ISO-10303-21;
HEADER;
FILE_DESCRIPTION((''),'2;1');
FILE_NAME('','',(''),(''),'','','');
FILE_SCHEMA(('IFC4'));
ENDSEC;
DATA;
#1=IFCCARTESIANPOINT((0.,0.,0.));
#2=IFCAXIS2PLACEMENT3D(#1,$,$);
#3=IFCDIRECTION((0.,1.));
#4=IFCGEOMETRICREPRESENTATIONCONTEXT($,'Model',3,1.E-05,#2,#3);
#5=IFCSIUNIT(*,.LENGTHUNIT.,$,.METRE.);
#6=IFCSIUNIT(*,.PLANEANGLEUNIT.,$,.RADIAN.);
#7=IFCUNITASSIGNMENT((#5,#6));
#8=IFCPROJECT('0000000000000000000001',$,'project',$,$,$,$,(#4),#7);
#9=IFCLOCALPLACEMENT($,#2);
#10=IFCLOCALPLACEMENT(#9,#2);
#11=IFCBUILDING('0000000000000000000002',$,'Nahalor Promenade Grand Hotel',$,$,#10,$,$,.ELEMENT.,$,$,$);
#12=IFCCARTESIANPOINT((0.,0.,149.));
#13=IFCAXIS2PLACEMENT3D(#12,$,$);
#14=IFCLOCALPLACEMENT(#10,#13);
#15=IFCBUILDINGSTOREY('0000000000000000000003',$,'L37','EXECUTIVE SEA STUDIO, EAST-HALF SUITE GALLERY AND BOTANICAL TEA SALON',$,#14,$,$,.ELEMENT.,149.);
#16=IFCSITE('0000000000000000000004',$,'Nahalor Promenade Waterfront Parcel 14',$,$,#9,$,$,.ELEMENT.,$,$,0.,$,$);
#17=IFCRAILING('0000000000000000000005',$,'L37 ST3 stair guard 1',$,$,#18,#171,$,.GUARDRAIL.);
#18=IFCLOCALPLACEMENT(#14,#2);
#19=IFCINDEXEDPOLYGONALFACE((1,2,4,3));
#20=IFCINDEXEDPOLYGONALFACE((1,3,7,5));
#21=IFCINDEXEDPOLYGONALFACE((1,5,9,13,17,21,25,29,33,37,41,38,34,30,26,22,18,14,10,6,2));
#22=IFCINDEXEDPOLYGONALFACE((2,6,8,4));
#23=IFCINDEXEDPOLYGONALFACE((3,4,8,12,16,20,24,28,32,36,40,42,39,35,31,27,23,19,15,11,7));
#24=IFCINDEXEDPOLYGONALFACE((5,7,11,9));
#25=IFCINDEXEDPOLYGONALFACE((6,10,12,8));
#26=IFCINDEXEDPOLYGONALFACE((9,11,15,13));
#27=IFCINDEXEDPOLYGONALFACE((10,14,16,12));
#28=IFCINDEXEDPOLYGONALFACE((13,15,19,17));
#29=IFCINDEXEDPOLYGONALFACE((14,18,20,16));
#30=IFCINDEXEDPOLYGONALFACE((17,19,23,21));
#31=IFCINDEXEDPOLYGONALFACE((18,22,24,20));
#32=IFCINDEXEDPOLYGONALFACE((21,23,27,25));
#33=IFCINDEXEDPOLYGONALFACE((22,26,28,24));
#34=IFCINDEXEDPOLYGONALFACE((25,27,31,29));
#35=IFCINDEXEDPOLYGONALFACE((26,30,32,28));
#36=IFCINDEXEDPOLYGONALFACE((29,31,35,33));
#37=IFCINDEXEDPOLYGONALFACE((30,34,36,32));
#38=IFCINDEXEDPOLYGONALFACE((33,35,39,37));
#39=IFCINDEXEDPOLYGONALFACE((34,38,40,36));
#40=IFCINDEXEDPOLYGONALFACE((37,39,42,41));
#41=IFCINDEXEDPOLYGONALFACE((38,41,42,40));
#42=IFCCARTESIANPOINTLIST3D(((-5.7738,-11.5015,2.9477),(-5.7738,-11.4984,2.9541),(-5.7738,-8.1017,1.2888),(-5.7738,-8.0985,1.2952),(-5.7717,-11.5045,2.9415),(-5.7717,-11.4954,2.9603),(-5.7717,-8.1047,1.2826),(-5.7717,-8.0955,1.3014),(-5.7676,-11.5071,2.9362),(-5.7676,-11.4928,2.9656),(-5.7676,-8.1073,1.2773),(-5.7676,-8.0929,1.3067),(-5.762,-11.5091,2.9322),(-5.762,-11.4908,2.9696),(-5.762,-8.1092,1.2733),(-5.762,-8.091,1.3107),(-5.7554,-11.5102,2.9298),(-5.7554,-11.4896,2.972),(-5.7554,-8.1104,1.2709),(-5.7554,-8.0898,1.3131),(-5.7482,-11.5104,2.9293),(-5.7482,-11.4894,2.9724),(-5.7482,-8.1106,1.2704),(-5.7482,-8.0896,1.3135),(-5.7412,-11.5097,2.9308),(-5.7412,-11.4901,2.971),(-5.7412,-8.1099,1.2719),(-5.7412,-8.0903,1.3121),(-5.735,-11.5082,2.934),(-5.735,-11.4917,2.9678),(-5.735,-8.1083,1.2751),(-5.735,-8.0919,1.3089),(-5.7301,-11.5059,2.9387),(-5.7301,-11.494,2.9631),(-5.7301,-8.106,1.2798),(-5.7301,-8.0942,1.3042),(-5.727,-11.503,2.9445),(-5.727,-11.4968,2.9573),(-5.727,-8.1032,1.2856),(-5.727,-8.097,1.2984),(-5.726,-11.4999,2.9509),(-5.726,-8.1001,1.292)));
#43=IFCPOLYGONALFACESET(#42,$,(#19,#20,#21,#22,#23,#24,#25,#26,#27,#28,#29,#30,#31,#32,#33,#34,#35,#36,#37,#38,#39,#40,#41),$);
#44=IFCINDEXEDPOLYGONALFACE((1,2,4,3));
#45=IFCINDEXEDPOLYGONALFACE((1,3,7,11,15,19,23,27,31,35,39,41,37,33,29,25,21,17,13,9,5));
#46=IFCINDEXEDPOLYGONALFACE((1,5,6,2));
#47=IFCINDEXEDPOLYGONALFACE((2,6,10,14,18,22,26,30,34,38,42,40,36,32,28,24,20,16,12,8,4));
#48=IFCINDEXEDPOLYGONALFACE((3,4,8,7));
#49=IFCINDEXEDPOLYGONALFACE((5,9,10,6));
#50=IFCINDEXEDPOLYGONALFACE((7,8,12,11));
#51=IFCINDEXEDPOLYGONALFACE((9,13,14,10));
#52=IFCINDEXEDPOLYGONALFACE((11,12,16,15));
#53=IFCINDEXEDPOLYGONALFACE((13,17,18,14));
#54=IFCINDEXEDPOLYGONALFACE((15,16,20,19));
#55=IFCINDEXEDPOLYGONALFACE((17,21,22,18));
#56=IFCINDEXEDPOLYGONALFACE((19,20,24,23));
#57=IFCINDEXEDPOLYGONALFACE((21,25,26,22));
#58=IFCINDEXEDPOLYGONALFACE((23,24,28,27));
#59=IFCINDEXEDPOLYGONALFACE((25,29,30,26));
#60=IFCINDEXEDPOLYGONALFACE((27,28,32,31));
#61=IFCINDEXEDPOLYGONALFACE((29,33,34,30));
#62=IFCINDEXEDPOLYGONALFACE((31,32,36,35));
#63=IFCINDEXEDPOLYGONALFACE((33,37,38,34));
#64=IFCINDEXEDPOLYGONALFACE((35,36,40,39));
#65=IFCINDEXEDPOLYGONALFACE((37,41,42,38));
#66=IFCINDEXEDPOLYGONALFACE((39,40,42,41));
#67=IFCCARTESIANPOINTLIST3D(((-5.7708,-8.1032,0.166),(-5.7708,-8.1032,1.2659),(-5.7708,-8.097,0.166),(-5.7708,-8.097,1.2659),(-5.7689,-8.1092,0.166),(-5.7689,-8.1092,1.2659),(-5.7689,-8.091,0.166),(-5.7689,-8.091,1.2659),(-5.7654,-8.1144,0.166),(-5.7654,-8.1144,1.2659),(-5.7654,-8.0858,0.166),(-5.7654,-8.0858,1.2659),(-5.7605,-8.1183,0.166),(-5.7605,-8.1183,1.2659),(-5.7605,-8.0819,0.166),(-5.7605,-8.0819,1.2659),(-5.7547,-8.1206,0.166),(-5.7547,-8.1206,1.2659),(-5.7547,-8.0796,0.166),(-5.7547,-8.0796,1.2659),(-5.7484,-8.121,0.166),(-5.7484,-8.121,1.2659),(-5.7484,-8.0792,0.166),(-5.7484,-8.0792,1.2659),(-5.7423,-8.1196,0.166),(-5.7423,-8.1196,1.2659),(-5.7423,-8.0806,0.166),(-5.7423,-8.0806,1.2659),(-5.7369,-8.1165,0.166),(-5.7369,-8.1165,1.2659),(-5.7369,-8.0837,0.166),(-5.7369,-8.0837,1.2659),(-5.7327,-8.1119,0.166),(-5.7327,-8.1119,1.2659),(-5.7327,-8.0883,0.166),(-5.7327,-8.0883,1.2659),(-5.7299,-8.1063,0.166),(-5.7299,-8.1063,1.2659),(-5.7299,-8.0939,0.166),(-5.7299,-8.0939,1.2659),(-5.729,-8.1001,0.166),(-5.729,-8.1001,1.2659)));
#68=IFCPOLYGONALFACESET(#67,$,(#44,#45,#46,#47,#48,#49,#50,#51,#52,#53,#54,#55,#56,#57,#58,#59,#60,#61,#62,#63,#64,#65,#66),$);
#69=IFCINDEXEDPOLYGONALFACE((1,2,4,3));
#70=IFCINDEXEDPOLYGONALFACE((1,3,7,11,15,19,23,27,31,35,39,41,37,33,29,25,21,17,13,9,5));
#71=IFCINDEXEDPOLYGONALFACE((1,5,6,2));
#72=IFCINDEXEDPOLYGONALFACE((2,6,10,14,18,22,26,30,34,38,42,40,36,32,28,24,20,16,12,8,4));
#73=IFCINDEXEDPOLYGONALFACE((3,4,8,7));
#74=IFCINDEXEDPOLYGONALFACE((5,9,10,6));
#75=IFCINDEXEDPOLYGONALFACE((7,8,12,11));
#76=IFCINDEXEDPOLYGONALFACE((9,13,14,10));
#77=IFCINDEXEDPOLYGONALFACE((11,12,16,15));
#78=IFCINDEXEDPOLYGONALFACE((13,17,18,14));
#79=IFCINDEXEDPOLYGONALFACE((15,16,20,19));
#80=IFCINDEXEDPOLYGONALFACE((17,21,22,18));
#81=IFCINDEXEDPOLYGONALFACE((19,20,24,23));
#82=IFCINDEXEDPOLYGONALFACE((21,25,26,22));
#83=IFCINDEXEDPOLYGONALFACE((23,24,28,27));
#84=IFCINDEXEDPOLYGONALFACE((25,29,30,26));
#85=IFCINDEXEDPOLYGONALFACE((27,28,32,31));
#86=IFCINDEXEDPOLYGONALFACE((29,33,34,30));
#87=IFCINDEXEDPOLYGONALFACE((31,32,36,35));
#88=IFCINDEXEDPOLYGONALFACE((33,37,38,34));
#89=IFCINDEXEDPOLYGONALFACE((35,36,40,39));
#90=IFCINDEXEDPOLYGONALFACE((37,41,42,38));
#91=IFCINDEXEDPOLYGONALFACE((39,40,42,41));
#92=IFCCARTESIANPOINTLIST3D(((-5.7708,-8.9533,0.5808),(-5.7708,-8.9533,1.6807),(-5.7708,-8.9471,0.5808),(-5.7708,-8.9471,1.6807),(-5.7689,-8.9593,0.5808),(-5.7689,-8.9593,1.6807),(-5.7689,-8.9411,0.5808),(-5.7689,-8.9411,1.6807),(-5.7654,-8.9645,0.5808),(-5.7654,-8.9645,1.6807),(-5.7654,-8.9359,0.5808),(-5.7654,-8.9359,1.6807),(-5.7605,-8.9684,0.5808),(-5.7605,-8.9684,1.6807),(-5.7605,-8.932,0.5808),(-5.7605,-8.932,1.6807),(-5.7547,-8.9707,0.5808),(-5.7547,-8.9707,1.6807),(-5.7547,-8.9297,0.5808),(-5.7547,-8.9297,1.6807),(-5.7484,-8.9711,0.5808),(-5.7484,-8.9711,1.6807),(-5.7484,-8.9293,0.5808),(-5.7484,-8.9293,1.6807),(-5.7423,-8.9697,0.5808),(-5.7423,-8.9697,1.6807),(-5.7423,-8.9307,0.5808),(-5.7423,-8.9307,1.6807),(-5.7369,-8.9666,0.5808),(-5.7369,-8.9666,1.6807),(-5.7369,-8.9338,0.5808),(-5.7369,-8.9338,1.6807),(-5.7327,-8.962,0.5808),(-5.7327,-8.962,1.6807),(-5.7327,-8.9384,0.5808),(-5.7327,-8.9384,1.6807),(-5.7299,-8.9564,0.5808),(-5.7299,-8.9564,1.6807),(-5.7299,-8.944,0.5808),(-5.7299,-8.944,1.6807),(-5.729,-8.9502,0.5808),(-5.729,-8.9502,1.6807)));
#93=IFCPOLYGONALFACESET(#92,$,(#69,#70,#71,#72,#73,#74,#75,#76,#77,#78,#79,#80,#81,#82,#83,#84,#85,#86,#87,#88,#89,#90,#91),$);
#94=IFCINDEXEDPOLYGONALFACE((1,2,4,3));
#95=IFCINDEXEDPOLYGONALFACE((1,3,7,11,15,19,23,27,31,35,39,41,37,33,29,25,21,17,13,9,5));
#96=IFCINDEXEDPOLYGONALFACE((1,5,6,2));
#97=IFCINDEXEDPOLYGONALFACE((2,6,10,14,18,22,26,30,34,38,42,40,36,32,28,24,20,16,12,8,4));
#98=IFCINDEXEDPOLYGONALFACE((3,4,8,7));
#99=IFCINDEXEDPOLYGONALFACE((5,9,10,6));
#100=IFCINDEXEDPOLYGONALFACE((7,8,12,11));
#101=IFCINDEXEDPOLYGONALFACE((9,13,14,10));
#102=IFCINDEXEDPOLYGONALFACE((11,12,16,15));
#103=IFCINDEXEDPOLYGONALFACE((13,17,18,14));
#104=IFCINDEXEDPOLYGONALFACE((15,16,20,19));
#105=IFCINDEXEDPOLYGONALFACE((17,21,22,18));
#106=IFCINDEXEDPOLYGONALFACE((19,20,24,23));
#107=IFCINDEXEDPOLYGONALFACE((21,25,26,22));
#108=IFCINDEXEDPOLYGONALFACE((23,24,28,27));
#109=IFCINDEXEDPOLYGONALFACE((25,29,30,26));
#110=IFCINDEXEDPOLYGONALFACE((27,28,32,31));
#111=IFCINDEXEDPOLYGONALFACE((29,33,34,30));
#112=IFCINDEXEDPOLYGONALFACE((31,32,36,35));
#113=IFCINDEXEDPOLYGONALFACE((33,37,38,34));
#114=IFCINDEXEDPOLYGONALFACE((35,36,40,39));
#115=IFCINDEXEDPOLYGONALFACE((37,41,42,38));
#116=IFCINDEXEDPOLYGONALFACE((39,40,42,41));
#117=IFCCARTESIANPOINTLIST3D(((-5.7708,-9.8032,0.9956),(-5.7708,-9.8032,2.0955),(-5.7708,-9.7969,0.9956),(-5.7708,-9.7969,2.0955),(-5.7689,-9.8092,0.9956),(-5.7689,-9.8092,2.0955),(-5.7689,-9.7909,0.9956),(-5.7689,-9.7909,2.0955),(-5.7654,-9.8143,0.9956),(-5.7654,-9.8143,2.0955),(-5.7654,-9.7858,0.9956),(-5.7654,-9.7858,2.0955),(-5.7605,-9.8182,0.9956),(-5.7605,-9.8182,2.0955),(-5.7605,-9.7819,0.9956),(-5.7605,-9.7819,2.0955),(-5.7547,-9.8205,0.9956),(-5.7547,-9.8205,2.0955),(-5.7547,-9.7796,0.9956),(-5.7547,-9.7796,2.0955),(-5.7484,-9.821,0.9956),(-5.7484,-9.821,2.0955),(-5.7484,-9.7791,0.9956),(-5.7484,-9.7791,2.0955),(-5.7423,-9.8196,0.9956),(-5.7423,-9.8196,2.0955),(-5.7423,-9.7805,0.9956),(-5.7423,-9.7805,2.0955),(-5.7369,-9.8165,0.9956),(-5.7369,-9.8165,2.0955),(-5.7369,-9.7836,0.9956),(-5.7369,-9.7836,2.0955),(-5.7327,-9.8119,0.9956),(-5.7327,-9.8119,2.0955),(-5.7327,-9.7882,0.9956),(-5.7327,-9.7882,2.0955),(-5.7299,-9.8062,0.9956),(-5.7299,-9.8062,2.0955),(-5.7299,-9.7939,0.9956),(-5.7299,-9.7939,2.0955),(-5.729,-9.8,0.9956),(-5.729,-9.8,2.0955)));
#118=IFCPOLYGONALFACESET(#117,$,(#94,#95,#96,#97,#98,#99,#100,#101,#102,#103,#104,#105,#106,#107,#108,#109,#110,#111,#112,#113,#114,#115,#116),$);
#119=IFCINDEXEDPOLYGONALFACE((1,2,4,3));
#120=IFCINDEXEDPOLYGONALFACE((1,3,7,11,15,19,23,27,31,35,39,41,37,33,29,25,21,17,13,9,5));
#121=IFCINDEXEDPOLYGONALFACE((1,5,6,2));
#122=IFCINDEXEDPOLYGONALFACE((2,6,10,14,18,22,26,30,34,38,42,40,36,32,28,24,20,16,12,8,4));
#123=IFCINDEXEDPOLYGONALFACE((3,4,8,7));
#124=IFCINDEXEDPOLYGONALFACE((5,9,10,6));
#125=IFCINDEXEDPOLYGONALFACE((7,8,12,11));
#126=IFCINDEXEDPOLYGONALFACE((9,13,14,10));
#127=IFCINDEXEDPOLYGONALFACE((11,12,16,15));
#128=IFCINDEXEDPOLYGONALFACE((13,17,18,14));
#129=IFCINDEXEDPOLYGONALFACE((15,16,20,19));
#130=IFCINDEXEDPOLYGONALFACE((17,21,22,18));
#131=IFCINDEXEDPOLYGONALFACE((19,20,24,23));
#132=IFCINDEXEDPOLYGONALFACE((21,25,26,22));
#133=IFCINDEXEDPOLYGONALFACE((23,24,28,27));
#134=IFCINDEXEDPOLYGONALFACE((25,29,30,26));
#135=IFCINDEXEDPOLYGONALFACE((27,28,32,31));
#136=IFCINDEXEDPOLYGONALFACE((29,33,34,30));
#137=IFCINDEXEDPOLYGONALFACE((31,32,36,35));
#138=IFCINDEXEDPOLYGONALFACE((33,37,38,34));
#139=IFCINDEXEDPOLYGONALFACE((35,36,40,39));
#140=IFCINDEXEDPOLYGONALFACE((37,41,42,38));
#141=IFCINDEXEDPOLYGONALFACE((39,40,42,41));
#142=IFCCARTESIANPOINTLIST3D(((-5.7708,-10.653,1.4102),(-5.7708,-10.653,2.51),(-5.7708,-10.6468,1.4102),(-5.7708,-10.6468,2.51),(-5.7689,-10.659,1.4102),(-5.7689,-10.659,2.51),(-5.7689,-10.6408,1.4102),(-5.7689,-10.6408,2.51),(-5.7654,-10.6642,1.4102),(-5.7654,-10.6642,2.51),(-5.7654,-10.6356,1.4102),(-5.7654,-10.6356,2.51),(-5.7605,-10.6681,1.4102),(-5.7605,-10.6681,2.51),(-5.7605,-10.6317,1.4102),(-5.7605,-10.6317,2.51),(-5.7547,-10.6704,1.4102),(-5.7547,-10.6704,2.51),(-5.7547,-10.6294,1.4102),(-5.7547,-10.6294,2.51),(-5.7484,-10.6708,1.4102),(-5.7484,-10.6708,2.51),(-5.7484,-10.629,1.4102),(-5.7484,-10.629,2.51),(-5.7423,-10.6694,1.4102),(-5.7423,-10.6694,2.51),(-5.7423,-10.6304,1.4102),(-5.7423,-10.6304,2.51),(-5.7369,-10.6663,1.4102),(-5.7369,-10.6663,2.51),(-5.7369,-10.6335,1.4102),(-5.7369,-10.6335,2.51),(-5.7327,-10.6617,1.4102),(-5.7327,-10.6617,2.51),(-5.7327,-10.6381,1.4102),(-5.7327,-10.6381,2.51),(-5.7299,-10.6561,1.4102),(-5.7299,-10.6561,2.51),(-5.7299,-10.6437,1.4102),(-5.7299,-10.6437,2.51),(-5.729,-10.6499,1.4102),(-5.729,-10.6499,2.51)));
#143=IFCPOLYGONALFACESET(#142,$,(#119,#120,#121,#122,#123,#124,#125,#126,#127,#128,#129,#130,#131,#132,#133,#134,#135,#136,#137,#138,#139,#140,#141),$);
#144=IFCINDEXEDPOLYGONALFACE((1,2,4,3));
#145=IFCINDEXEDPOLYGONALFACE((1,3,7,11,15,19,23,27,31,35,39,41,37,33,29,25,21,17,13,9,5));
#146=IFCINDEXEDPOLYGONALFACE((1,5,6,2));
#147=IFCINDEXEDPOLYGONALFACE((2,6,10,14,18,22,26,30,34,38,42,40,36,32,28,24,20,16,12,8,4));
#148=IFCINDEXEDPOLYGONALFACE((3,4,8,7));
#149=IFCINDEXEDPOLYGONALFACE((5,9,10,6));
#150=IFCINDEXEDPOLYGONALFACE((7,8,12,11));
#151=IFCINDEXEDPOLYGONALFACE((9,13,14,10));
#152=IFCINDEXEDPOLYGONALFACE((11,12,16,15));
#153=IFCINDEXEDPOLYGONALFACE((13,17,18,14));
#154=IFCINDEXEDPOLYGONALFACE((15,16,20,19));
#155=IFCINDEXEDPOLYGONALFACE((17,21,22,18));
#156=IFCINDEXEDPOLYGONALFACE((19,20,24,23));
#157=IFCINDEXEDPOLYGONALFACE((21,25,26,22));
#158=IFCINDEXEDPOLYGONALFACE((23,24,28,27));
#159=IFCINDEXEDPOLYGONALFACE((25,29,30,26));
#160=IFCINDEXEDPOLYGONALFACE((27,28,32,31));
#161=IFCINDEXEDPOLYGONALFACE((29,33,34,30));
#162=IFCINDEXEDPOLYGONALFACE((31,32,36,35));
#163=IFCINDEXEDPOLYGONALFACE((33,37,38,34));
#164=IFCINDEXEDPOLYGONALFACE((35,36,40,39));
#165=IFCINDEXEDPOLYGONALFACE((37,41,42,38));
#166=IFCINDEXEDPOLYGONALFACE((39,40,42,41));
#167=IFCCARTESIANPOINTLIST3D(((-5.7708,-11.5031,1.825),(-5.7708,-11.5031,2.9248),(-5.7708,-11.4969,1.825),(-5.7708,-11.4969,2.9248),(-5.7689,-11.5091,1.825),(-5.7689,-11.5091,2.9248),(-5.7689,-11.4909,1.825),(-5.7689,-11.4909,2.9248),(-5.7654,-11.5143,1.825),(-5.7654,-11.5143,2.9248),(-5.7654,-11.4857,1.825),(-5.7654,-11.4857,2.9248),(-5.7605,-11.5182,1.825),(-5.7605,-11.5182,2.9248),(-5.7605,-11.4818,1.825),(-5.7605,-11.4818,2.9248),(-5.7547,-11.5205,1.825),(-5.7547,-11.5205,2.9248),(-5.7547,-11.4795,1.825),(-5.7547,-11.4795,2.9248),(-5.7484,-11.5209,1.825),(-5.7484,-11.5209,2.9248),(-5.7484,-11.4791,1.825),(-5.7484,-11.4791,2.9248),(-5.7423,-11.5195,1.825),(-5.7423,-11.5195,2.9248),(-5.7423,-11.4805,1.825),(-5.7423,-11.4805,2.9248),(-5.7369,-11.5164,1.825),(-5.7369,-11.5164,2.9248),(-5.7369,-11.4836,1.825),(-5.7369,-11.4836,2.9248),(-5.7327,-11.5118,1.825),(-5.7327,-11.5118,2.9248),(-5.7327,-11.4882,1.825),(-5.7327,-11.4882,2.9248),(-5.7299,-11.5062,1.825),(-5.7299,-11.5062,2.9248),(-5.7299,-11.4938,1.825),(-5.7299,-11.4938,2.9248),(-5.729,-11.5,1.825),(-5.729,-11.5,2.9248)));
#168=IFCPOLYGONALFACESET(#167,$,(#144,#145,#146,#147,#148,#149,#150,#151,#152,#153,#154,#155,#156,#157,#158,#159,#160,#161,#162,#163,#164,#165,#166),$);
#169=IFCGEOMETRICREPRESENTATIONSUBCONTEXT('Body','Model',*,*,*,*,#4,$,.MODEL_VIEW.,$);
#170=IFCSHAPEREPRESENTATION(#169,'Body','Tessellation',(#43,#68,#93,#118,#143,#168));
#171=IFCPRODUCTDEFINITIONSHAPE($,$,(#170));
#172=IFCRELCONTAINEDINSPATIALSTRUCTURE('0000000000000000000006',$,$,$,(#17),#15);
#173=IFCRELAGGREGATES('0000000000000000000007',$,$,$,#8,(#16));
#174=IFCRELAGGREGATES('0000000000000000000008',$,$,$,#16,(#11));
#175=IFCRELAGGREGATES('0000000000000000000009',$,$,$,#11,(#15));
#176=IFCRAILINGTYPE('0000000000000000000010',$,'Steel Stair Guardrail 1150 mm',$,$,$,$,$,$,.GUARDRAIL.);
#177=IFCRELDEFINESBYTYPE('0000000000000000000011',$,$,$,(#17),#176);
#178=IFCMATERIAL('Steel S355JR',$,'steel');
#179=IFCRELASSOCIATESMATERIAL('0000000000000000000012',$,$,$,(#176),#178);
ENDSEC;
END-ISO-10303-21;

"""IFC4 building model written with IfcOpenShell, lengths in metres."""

from ifc_helpers import new_model, si_unit, direction, frame, origin, origin_2d, place, context, subcontext, project, spatial, circle, extrude, material, type_object, element, save


model = new_model("IFC4")

# Units and contexts
model_context = context("Model", 3, precision=1e-05, world=origin(), true_north=direction((0.0, 1.0)))
body_context = subcontext(model_context, "Body", "Model", "MODEL_VIEW")
ifc_project = project(units=[si_unit("LENGTHUNIT", "METRE"), si_unit("PLANEANGLEUNIT", "RADIAN")], contexts=[model_context])

# Site, building, storey
site_placement = place(None, origin())
site = spatial("IfcSite", under=ifc_project, at=site_placement, Name="Nahalor Promenade Waterfront Parcel 14", CompositionType="ELEMENT", RefElevation=0.0)
building_placement = place(site_placement, origin())
building = spatial("IfcBuilding", under=site, at=building_placement, Name="Nahalor Promenade Grand Hotel", CompositionType="ELEMENT")
storey_placement = place(building_placement, frame((0.0, 0.0, 149.0)))
storey = spatial("IfcBuildingStorey", under=building, at=storey_placement, Name="L37", Description="EXECUTIVE SEA STUDIO, EAST-HALF SUITE GALLERY AND BOTANICAL TEA SALON", CompositionType="ELEMENT", Elevation=149.0)

# Shared definitions
ifc_material_1 = material(Name="Steel S355JR", Category="steel")

# Railing
railing_type_1 = type_object("IfcRailingType", Name="Steel Stair Guardrail 1150 mm", PredefinedType="GUARDRAIL", material=ifc_material_1)
railing_1_placement = place(storey_placement, frame((-5.75, -8.1001, 0.166)))
element("IfcRailing", 1, at=railing_1_placement, inside=storey, type_object=railing_type_1, Name="L37 ST3 stair guard 1", PredefinedType="GUARDRAIL", context=body_context, shape_type="SweptSolid", body=[
    extrude(circle(Radius=0.024, at=origin_2d()), frame((0.0, 0.0, 1.126), z_axis=(0.0, -0.898722, 0.438519), x_axis=(1.0, 0.0, 0.0)), (0.0, 0.0, 1.0), 3.783),
    extrude(circle(Radius=0.021, at=origin_2d()), origin(), (0.0, 0.0, 1.0), 1.0999),
    extrude(circle(Radius=0.021, at=origin_2d()), frame((0.0, -0.8501, 0.4148)), (0.0, 0.0, 1.0), 1.0999),
    extrude(circle(Radius=0.021, at=origin_2d()), frame((0.0, -1.7, 0.8296)), (0.0, 0.0, 1.0), 1.0999),
    extrude(circle(Radius=0.021, at=origin_2d()), frame((0.0, -2.5498, 1.2441)), (0.0, 0.0, 1.0), 1.0999),
    extrude(circle(Radius=0.021, at=origin_2d()), frame((0.0, -3.3999, 1.6589)), (0.0, 0.0, 1.0), 1.0999),
])

save(model, "model.ifc")
